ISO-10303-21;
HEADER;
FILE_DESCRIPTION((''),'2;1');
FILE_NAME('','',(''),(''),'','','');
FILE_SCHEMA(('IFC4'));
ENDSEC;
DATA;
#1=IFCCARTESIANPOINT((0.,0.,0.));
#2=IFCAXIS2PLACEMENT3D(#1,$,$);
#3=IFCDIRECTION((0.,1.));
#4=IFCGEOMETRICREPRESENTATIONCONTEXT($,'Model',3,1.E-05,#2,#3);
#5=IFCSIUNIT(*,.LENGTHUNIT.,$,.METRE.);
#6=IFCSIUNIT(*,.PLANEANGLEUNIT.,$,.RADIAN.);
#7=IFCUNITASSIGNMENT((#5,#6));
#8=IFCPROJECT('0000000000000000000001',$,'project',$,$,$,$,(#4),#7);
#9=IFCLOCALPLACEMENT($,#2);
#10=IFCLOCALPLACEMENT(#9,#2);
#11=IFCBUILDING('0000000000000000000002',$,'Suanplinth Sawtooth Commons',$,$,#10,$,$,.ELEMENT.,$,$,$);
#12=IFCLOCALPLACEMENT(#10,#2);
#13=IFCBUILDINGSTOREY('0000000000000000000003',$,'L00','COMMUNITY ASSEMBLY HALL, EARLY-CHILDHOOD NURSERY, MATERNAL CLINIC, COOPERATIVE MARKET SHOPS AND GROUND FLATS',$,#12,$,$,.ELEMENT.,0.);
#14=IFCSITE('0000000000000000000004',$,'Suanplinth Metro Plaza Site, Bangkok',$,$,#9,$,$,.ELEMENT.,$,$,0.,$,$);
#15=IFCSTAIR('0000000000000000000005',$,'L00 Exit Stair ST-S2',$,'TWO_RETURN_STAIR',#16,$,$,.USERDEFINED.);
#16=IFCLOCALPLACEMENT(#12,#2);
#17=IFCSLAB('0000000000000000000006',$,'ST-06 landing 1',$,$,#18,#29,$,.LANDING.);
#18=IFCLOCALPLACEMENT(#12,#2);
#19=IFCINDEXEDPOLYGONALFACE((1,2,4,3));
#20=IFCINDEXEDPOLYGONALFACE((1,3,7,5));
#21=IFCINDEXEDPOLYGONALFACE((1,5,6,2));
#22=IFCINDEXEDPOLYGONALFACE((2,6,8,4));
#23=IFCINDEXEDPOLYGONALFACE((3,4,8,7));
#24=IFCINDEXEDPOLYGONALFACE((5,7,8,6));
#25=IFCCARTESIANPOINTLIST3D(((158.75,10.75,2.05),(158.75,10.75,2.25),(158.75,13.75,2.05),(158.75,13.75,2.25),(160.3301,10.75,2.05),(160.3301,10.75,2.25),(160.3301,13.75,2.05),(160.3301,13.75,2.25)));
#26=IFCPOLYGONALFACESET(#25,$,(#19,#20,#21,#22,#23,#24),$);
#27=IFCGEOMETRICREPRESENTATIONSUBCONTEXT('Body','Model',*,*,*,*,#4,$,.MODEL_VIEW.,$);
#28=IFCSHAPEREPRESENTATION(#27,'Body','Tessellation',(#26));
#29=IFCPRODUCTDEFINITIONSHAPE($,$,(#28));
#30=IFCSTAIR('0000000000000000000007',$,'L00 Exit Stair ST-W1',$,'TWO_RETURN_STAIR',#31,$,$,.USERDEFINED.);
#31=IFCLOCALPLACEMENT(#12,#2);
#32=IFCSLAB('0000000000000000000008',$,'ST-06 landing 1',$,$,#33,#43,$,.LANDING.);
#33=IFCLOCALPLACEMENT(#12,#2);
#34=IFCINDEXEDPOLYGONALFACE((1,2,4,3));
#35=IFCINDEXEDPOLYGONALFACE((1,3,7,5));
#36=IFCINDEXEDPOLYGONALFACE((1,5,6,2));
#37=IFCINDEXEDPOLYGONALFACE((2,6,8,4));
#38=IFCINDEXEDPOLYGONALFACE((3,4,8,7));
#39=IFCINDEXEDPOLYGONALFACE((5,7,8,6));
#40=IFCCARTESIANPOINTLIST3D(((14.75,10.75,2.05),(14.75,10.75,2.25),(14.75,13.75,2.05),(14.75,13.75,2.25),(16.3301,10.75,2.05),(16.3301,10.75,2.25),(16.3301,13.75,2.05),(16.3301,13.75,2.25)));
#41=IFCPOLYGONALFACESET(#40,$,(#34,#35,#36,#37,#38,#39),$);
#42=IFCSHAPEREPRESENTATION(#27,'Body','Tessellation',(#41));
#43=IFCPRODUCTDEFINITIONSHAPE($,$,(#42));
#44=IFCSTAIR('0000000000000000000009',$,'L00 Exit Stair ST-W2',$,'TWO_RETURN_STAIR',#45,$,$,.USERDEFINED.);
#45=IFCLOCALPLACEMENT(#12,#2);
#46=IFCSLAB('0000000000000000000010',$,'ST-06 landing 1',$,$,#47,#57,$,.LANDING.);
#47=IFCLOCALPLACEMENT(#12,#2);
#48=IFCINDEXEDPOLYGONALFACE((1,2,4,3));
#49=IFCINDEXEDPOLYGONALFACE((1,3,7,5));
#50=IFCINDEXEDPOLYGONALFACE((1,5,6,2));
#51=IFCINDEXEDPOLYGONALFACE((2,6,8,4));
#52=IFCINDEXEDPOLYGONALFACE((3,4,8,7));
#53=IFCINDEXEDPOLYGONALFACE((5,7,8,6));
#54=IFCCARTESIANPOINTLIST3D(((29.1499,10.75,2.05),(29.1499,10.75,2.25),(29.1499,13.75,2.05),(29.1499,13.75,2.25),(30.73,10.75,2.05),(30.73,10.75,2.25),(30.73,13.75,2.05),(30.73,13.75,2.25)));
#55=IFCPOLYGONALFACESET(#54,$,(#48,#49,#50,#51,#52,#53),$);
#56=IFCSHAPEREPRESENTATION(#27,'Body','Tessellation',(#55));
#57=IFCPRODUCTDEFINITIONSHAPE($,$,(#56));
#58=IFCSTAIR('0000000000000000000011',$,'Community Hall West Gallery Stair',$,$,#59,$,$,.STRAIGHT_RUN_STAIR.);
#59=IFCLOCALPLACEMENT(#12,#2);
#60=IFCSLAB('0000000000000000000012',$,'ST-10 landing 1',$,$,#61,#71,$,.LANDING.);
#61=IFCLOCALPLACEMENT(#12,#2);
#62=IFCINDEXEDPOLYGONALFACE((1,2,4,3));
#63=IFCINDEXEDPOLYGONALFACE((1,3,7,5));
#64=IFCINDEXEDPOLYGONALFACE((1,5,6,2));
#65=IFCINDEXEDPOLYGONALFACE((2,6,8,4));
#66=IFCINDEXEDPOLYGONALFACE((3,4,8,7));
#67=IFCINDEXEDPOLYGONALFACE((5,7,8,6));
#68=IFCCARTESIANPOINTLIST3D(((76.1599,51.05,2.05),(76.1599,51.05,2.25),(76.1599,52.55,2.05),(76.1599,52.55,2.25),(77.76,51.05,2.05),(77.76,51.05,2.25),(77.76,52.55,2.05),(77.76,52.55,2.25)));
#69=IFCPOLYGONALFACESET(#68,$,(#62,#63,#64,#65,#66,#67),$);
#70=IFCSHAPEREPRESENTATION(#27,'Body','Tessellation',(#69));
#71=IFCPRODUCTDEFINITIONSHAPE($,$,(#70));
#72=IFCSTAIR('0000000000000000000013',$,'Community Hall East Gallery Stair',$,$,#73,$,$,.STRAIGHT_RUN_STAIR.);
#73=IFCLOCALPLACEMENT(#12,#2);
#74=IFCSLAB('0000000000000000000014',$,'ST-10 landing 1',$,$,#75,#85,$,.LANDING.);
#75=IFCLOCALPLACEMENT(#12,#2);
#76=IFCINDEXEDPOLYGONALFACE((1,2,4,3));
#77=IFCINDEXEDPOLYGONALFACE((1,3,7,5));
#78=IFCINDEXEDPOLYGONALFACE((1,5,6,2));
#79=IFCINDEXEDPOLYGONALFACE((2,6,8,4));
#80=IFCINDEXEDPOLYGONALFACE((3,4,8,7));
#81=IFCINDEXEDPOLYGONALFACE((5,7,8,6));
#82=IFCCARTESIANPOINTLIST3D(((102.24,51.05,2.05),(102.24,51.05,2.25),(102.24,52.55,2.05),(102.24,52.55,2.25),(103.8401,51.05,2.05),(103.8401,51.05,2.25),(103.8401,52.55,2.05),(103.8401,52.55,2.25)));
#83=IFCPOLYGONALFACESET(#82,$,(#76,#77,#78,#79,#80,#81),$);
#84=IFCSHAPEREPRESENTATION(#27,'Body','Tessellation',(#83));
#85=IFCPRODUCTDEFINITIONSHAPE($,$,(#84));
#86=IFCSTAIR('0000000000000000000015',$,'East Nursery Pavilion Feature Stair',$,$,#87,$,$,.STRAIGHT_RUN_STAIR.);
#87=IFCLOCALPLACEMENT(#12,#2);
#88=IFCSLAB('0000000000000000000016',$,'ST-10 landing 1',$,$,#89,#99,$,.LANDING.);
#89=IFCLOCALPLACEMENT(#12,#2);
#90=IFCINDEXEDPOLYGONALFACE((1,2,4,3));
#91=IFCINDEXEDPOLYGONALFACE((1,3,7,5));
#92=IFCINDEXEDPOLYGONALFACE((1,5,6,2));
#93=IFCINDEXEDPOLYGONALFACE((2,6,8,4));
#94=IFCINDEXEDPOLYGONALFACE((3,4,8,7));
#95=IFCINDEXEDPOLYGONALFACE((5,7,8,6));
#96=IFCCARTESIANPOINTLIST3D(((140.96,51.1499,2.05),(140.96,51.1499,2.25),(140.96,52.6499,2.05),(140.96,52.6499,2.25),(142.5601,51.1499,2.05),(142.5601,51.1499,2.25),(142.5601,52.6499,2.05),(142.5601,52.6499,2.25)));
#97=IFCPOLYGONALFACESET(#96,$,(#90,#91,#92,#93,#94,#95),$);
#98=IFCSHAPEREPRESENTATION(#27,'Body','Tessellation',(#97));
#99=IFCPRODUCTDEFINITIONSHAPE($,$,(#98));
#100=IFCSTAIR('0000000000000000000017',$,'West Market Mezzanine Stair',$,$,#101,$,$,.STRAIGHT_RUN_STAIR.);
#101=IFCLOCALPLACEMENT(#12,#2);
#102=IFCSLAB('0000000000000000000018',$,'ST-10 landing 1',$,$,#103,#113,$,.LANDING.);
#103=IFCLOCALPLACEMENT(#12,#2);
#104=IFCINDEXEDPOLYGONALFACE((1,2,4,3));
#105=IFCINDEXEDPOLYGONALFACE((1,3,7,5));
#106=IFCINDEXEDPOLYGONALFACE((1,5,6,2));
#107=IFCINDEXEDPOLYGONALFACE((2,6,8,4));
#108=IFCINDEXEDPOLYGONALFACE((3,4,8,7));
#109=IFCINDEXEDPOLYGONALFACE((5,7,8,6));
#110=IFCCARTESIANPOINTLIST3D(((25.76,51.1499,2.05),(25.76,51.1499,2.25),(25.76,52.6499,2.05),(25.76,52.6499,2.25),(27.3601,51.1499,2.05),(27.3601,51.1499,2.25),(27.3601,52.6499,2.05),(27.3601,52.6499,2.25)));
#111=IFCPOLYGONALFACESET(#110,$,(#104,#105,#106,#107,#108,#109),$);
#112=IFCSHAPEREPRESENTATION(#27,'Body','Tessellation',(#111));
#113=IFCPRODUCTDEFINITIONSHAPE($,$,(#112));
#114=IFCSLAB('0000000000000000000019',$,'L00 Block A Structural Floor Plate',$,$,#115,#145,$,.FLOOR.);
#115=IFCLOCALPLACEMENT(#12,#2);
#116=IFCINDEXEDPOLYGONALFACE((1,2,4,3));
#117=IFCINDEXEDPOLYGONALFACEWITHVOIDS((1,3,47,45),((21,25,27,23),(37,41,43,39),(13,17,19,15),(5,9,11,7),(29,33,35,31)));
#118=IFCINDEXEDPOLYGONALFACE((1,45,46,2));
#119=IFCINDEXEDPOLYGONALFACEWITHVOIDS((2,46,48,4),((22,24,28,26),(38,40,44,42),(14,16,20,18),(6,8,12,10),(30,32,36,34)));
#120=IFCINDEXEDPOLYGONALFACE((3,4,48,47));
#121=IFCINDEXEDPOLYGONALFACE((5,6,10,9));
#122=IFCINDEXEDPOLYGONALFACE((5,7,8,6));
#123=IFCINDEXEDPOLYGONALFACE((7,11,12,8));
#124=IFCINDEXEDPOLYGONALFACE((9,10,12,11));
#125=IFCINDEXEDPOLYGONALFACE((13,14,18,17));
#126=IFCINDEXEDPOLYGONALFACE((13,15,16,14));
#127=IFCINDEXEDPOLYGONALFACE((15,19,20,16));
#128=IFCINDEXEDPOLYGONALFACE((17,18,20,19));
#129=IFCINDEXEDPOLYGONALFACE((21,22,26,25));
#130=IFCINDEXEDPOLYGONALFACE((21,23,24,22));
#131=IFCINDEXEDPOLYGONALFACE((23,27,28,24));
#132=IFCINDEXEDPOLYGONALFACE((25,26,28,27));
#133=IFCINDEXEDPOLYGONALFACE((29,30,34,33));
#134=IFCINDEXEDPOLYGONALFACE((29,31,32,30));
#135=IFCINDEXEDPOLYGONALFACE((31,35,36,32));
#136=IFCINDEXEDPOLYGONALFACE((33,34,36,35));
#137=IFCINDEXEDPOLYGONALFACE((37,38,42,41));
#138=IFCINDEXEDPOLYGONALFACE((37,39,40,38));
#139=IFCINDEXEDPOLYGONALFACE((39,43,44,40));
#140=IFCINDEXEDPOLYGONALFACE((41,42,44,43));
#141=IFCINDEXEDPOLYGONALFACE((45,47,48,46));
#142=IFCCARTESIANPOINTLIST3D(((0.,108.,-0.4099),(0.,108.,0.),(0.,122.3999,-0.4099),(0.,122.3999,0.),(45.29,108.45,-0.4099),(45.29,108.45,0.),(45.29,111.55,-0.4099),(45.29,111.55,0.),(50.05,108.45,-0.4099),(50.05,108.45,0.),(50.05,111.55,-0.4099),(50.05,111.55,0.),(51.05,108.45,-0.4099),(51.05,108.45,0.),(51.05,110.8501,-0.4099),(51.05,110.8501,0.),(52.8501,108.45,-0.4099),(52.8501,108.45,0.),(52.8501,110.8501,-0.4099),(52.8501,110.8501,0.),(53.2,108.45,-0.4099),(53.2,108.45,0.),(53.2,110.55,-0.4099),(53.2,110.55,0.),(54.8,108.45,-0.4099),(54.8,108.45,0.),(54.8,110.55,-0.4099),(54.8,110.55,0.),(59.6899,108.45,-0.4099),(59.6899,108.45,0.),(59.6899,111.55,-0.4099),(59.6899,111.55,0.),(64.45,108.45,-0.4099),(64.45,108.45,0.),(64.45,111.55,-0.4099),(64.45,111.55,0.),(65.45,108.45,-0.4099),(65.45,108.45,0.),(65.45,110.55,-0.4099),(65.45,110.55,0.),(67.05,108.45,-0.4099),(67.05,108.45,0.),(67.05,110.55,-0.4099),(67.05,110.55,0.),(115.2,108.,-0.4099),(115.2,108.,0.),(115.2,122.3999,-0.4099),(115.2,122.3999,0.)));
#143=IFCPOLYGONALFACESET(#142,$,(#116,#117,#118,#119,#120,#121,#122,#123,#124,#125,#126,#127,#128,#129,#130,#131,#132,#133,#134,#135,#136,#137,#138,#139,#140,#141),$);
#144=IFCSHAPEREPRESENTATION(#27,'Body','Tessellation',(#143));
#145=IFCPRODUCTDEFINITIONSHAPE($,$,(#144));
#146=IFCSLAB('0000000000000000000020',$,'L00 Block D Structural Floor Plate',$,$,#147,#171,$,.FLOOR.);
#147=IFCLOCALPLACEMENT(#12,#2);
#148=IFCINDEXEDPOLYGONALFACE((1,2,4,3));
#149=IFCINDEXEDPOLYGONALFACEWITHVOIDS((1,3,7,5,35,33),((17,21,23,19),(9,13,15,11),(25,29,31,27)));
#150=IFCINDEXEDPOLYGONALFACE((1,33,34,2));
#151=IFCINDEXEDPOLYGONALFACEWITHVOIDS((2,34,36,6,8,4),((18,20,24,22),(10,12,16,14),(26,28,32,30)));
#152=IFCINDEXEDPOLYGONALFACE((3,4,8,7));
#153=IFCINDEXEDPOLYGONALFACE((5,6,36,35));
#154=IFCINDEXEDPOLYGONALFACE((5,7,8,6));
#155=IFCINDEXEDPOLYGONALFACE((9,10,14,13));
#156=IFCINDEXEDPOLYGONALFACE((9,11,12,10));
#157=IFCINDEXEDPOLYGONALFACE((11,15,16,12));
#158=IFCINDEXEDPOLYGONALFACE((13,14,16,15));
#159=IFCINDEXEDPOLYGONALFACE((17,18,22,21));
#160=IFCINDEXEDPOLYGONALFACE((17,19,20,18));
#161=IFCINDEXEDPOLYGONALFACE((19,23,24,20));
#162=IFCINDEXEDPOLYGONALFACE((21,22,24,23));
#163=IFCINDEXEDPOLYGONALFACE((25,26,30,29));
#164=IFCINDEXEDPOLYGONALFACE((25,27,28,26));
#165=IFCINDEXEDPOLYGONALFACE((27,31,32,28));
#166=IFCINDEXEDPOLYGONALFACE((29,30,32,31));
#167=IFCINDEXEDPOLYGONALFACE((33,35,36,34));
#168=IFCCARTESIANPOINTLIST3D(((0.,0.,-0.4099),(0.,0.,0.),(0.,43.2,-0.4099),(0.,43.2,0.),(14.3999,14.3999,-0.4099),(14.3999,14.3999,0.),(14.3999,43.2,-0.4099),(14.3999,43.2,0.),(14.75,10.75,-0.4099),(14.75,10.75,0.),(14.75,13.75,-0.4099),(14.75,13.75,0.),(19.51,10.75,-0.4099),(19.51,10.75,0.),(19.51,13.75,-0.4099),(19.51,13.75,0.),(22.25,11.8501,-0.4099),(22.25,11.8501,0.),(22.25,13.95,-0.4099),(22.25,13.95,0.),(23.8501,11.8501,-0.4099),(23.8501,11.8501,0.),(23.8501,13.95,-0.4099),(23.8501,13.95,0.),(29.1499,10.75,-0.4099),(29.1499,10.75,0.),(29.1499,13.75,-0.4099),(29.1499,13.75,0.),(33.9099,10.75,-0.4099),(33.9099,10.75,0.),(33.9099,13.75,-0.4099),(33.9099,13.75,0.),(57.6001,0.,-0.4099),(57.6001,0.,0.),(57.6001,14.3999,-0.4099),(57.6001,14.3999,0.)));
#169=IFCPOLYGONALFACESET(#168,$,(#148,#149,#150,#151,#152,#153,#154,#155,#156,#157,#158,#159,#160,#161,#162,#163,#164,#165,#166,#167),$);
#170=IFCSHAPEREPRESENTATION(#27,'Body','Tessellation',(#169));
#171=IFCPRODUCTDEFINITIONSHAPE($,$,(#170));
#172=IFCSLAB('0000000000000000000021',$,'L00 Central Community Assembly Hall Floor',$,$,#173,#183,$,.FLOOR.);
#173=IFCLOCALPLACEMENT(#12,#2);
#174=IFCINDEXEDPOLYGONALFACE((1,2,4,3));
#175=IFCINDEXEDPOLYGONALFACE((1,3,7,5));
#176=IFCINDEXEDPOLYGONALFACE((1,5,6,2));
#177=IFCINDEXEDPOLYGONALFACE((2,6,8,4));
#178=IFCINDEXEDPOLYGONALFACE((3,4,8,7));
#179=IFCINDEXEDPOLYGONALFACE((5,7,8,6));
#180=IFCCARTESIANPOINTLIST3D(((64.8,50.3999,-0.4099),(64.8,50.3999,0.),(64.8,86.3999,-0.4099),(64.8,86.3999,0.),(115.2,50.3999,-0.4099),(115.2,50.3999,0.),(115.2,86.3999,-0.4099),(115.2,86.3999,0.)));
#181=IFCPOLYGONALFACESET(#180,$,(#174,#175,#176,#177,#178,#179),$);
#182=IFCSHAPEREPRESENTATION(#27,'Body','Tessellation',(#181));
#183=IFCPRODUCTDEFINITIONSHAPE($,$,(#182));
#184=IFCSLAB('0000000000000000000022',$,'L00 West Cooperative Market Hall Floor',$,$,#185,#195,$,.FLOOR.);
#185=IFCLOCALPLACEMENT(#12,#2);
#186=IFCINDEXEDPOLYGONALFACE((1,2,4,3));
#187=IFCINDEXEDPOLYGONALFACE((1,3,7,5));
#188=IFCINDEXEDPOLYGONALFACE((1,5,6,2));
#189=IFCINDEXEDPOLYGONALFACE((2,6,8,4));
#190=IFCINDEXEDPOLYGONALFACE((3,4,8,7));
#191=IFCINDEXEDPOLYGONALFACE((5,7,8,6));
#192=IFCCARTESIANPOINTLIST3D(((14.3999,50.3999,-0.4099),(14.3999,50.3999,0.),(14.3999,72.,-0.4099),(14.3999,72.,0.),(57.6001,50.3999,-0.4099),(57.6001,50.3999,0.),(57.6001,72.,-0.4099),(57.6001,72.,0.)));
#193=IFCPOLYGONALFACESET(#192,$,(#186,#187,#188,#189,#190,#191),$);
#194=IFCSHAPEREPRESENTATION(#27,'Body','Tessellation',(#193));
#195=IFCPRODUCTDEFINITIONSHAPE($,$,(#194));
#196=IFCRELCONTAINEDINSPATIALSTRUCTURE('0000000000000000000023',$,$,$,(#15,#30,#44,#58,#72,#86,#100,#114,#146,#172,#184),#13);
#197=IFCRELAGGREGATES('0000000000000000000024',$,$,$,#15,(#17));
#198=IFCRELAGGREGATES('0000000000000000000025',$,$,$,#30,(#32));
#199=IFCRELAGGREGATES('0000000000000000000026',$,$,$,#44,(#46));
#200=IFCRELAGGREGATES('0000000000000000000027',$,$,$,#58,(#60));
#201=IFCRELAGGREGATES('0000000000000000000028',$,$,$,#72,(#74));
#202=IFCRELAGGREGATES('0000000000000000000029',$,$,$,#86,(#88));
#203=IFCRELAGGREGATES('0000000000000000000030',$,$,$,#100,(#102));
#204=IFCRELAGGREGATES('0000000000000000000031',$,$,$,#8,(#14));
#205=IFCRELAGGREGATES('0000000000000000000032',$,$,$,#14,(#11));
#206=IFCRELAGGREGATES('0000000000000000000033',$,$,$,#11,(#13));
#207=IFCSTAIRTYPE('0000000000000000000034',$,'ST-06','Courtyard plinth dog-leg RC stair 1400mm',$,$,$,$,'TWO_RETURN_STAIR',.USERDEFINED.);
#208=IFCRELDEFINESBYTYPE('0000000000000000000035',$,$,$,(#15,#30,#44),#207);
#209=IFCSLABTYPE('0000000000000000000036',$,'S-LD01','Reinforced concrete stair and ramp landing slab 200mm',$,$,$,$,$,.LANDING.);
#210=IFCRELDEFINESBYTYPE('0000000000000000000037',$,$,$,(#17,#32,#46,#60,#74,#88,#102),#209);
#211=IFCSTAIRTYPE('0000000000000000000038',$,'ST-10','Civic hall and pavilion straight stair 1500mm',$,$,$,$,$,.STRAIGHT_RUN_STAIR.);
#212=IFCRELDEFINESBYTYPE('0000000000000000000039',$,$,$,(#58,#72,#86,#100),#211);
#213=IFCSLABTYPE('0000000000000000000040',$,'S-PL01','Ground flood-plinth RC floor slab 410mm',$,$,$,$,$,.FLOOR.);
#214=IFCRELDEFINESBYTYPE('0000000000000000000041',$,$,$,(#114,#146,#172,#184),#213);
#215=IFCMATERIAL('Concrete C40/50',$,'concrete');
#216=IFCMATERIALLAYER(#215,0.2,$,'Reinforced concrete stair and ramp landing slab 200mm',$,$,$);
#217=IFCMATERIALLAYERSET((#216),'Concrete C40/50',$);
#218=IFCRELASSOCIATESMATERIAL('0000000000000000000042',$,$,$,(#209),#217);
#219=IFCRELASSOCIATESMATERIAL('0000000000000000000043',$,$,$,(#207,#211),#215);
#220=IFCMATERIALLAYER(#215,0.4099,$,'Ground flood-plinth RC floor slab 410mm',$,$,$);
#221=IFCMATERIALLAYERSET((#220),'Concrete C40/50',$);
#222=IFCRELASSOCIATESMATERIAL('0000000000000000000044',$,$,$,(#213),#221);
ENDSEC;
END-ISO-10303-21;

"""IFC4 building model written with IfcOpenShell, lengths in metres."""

from ifc_helpers import new_model, si_unit, direction, frame, origin, place, context, subcontext, project, spatial, polyline, outline, extrude, material, layer, layer_set, type_object, element, aggregate, save


model = new_model("IFC4")

# Units and contexts
model_context = context("Model", 3, precision=1e-05, world=origin(), true_north=direction((0.0, 1.0)))
body_context = subcontext(model_context, "Body", "Model", "MODEL_VIEW")
ifc_project = project(units=[si_unit("LENGTHUNIT", "METRE"), si_unit("PLANEANGLEUNIT", "RADIAN")], contexts=[model_context])

# Site, building, storey
site_placement = place(None, origin())
site = spatial("IfcSite", under=ifc_project, at=site_placement, Name="Suanplinth Metro Plaza Site, Bangkok", CompositionType="ELEMENT", RefElevation=0.0)
building_placement = place(site_placement, origin())
building = spatial("IfcBuilding", under=site, at=building_placement, Name="Suanplinth Sawtooth Commons", CompositionType="ELEMENT")
storey_placement = place(building_placement, origin())
storey = spatial("IfcBuildingStorey", under=building, at=storey_placement, Name="L00", Description="COMMUNITY ASSEMBLY HALL, EARLY-CHILDHOOD NURSERY, MATERNAL CLINIC, COOPERATIVE MARKET SHOPS AND GROUND FLATS", CompositionType="ELEMENT", Elevation=0.0)

# Shared definitions
ifc_material_1 = material(Name="Concrete C40/50", Category="concrete")

# Stairs, slabs
ifc_layer_1 = layer(ifc_material_1, 0.2, Name="Reinforced concrete stair and ramp landing slab 200mm")
ifc_layer_set_1 = layer_set([ifc_layer_1], Name="Concrete C40/50")
slab_type_1 = type_object("IfcSlabType", Name="S-LD01", Description="Reinforced concrete stair and ramp landing slab 200mm", PredefinedType="LANDING", material=ifc_layer_set_1)
stair_type_1 = type_object("IfcStairType", Name="ST-06", Description="Courtyard plinth dog-leg RC stair 1400mm", ElementType="TWO_RETURN_STAIR", PredefinedType="USERDEFINED", material=ifc_material_1)
stair_1_placement = place(storey_placement, origin())
stair_1 = element("IfcStair", 1, at=stair_1_placement, inside=storey, type_object=stair_type_1, Name="L00 Exit Stair ST-S2", ObjectType="TWO_RETURN_STAIR", PredefinedType="USERDEFINED")
slab_1_placement = place(storey_placement, frame((0.0, 0.0, 2.05)))
slab_1 = element("IfcSlab", 2, at=slab_1_placement, type_object=slab_type_1, Name="ST-06 landing 1", PredefinedType="LANDING", context=body_context, shape_type="SweptSolid", body=[
    extrude(outline(polyline([(160.3301, 13.75), (158.75, 13.75), (158.75, 10.75), (160.3301, 10.75), (160.3301, 13.75)])), origin(), (0.0, 0.0, 1.0), 0.2),
])
aggregate(stair_1, [slab_1])
stair_2_placement = place(storey_placement, origin())
stair_2 = element("IfcStair", 3, at=stair_2_placement, inside=storey, type_object=stair_type_1, Name="L00 Exit Stair ST-W1", ObjectType="TWO_RETURN_STAIR", PredefinedType="USERDEFINED")
slab_2_placement = place(storey_placement, frame((0.0, 0.0, 2.05)))
slab_2 = element("IfcSlab", 4, at=slab_2_placement, type_object=slab_type_1, Name="ST-06 landing 1", PredefinedType="LANDING", context=body_context, shape_type="SweptSolid", body=[
    extrude(outline(polyline([(16.3301, 13.75), (14.75, 13.75), (14.75, 10.75), (16.3301, 10.75), (16.3301, 13.75)])), origin(), (0.0, 0.0, 1.0), 0.2),
])
aggregate(stair_2, [slab_2])
stair_3_placement = place(storey_placement, origin())
stair_3 = element("IfcStair", 5, at=stair_3_placement, inside=storey, type_object=stair_type_1, Name="L00 Exit Stair ST-W2", ObjectType="TWO_RETURN_STAIR", PredefinedType="USERDEFINED")
slab_3_placement = place(storey_placement, frame((0.0, 0.0, 2.05)))
slab_3 = element("IfcSlab", 6, at=slab_3_placement, type_object=slab_type_1, Name="ST-06 landing 1", PredefinedType="LANDING", context=body_context, shape_type="SweptSolid", body=[
    extrude(outline(polyline([(30.73, 13.75), (29.1499, 13.75), (29.1499, 10.75), (30.73, 10.75), (30.73, 13.75)])), origin(), (0.0, 0.0, 1.0), 0.2),
])
aggregate(stair_3, [slab_3])
stair_type_2 = type_object("IfcStairType", Name="ST-10", Description="Civic hall and pavilion straight stair 1500mm", PredefinedType="STRAIGHT_RUN_STAIR", material=ifc_material_1)
stair_4_placement = place(storey_placement, origin())
stair_4 = element("IfcStair", 7, at=stair_4_placement, inside=storey, type_object=stair_type_2, Name="Community Hall West Gallery Stair", PredefinedType="STRAIGHT_RUN_STAIR")
slab_4_placement = place(storey_placement, frame((0.0, 0.0, 2.05)))
slab_4 = element("IfcSlab", 8, at=slab_4_placement, type_object=slab_type_1, Name="ST-10 landing 1", PredefinedType="LANDING", context=body_context, shape_type="SweptSolid", body=[
    extrude(outline(polyline([(76.1599, 51.05), (77.76, 51.05), (77.76, 52.55), (76.1599, 52.55), (76.1599, 51.05)])), origin(), (0.0, 0.0, 1.0), 0.2),
])
aggregate(stair_4, [slab_4])
stair_5_placement = place(storey_placement, origin())
stair_5 = element("IfcStair", 9, at=stair_5_placement, inside=storey, type_object=stair_type_2, Name="Community Hall East Gallery Stair", PredefinedType="STRAIGHT_RUN_STAIR")
slab_5_placement = place(storey_placement, frame((0.0, 0.0, 2.05)))
slab_5 = element("IfcSlab", 10, at=slab_5_placement, type_object=slab_type_1, Name="ST-10 landing 1", PredefinedType="LANDING", context=body_context, shape_type="SweptSolid", body=[
    extrude(outline(polyline([(102.24, 51.05), (103.8401, 51.05), (103.8401, 52.55), (102.24, 52.55), (102.24, 51.05)])), origin(), (0.0, 0.0, 1.0), 0.2),
])
aggregate(stair_5, [slab_5])
stair_6_placement = place(storey_placement, origin())
stair_6 = element("IfcStair", 11, at=stair_6_placement, inside=storey, type_object=stair_type_2, Name="East Nursery Pavilion Feature Stair", PredefinedType="STRAIGHT_RUN_STAIR")
slab_6_placement = place(storey_placement, frame((0.0, 0.0, 2.05)))
slab_6 = element("IfcSlab", 12, at=slab_6_placement, type_object=slab_type_1, Name="ST-10 landing 1", PredefinedType="LANDING", context=body_context, shape_type="SweptSolid", body=[
    extrude(outline(polyline([(140.96, 51.1499), (142.5601, 51.1499), (142.5601, 52.6499), (140.96, 52.6499), (140.96, 51.1499)])), origin(), (0.0, 0.0, 1.0), 0.2),
])
aggregate(stair_6, [slab_6])
stair_7_placement = place(storey_placement, origin())
stair_7 = element("IfcStair", 13, at=stair_7_placement, inside=storey, type_object=stair_type_2, Name="West Market Mezzanine Stair", PredefinedType="STRAIGHT_RUN_STAIR")
slab_7_placement = place(storey_placement, frame((0.0, 0.0, 2.05)))
slab_7 = element("IfcSlab", 14, at=slab_7_placement, type_object=slab_type_1, Name="ST-10 landing 1", PredefinedType="LANDING", context=body_context, shape_type="SweptSolid", body=[
    extrude(outline(polyline([(25.76, 51.1499), (27.3601, 51.1499), (27.3601, 52.6499), (25.76, 52.6499), (25.76, 51.1499)])), origin(), (0.0, 0.0, 1.0), 0.2),
])
aggregate(stair_7, [slab_7])

# Slabs
ifc_layer_2 = layer(ifc_material_1, 0.4099, Name="Ground flood-plinth RC floor slab 410mm")
ifc_layer_set_2 = layer_set([ifc_layer_2], Name="Concrete C40/50")
slab_type_2 = type_object("IfcSlabType", Name="S-PL01", Description="Ground flood-plinth RC floor slab 410mm", PredefinedType="FLOOR", material=ifc_layer_set_2)
slab_8_placement = place(storey_placement, frame((0.0, 0.0, -0.4099)))
element("IfcSlab", 15, at=slab_8_placement, inside=storey, type_object=slab_type_2, Name="L00 Block A Structural Floor Plate", PredefinedType="FLOOR", context=body_context, shape_type="SweptSolid", body=[
    extrude(outline(polyline([(0.0, 108.0), (115.2, 108.0), (115.2, 122.3999), (0.0, 122.3999), (0.0, 108.0)]), holes=[polyline([(45.29, 108.45), (50.05, 108.45), (50.05, 111.55), (45.29, 111.55), (45.29, 108.45)]), polyline([(51.05, 108.45), (52.8501, 108.45), (52.8501, 110.8501), (51.05, 110.8501), (51.05, 108.45)]), polyline([(53.2, 108.45), (54.8, 108.45), (54.8, 110.55), (53.2, 110.55), (53.2, 108.45)]), polyline([(59.6899, 108.45), (64.45, 108.45), (64.45, 111.55), (59.6899, 111.55), (59.6899, 108.45)]), polyline([(65.45, 108.45), (67.05, 108.45), (67.05, 110.55), (65.45, 110.55), (65.45, 108.45)])]), origin(), (0.0, 0.0, 1.0), 0.4099),
])
slab_9_placement = place(storey_placement, frame((0.0, 0.0, -0.4099)))
element("IfcSlab", 16, at=slab_9_placement, inside=storey, type_object=slab_type_2, Name="L00 Block D Structural Floor Plate", PredefinedType="FLOOR", context=body_context, shape_type="SweptSolid", body=[
    extrude(outline(polyline([(0.0, 0.0), (0.0, 43.2), (14.3999, 43.2), (14.3999, 14.3999), (57.6001, 14.3999), (57.6001, 0.0), (0.0, 0.0)]), holes=[polyline([(14.75, 10.75), (19.51, 10.75), (19.51, 13.75), (14.75, 13.75), (14.75, 10.75)]), polyline([(22.25, 11.8501), (23.8501, 11.8501), (23.8501, 13.95), (22.25, 13.95), (22.25, 11.8501)]), polyline([(29.1499, 10.75), (33.9099, 10.75), (33.9099, 13.75), (29.1499, 13.75), (29.1499, 10.75)])]), origin(), (0.0, 0.0, 1.0), 0.4099),
])
slab_10_placement = place(storey_placement, frame((0.0, 0.0, -0.4099)))
element("IfcSlab", 17, at=slab_10_placement, inside=storey, type_object=slab_type_2, Name="L00 Central Community Assembly Hall Floor", PredefinedType="FLOOR", context=body_context, shape_type="SweptSolid", body=[
    extrude(outline(polyline([(64.8, 50.3999), (115.2, 50.3999), (115.2, 86.3999), (64.8, 86.3999), (64.8, 50.3999)])), origin(), (0.0, 0.0, 1.0), 0.4099),
])
slab_11_placement = place(storey_placement, frame((0.0, 0.0, -0.4099)))
element("IfcSlab", 18, at=slab_11_placement, inside=storey, type_object=slab_type_2, Name="L00 West Cooperative Market Hall Floor", PredefinedType="FLOOR", context=body_context, shape_type="SweptSolid", body=[
    extrude(outline(polyline([(14.3999, 50.3999), (57.6001, 50.3999), (57.6001, 72.0), (14.3999, 72.0), (14.3999, 50.3999)])), origin(), (0.0, 0.0, 1.0), 0.4099),
])

save(model, "model.ifc")
